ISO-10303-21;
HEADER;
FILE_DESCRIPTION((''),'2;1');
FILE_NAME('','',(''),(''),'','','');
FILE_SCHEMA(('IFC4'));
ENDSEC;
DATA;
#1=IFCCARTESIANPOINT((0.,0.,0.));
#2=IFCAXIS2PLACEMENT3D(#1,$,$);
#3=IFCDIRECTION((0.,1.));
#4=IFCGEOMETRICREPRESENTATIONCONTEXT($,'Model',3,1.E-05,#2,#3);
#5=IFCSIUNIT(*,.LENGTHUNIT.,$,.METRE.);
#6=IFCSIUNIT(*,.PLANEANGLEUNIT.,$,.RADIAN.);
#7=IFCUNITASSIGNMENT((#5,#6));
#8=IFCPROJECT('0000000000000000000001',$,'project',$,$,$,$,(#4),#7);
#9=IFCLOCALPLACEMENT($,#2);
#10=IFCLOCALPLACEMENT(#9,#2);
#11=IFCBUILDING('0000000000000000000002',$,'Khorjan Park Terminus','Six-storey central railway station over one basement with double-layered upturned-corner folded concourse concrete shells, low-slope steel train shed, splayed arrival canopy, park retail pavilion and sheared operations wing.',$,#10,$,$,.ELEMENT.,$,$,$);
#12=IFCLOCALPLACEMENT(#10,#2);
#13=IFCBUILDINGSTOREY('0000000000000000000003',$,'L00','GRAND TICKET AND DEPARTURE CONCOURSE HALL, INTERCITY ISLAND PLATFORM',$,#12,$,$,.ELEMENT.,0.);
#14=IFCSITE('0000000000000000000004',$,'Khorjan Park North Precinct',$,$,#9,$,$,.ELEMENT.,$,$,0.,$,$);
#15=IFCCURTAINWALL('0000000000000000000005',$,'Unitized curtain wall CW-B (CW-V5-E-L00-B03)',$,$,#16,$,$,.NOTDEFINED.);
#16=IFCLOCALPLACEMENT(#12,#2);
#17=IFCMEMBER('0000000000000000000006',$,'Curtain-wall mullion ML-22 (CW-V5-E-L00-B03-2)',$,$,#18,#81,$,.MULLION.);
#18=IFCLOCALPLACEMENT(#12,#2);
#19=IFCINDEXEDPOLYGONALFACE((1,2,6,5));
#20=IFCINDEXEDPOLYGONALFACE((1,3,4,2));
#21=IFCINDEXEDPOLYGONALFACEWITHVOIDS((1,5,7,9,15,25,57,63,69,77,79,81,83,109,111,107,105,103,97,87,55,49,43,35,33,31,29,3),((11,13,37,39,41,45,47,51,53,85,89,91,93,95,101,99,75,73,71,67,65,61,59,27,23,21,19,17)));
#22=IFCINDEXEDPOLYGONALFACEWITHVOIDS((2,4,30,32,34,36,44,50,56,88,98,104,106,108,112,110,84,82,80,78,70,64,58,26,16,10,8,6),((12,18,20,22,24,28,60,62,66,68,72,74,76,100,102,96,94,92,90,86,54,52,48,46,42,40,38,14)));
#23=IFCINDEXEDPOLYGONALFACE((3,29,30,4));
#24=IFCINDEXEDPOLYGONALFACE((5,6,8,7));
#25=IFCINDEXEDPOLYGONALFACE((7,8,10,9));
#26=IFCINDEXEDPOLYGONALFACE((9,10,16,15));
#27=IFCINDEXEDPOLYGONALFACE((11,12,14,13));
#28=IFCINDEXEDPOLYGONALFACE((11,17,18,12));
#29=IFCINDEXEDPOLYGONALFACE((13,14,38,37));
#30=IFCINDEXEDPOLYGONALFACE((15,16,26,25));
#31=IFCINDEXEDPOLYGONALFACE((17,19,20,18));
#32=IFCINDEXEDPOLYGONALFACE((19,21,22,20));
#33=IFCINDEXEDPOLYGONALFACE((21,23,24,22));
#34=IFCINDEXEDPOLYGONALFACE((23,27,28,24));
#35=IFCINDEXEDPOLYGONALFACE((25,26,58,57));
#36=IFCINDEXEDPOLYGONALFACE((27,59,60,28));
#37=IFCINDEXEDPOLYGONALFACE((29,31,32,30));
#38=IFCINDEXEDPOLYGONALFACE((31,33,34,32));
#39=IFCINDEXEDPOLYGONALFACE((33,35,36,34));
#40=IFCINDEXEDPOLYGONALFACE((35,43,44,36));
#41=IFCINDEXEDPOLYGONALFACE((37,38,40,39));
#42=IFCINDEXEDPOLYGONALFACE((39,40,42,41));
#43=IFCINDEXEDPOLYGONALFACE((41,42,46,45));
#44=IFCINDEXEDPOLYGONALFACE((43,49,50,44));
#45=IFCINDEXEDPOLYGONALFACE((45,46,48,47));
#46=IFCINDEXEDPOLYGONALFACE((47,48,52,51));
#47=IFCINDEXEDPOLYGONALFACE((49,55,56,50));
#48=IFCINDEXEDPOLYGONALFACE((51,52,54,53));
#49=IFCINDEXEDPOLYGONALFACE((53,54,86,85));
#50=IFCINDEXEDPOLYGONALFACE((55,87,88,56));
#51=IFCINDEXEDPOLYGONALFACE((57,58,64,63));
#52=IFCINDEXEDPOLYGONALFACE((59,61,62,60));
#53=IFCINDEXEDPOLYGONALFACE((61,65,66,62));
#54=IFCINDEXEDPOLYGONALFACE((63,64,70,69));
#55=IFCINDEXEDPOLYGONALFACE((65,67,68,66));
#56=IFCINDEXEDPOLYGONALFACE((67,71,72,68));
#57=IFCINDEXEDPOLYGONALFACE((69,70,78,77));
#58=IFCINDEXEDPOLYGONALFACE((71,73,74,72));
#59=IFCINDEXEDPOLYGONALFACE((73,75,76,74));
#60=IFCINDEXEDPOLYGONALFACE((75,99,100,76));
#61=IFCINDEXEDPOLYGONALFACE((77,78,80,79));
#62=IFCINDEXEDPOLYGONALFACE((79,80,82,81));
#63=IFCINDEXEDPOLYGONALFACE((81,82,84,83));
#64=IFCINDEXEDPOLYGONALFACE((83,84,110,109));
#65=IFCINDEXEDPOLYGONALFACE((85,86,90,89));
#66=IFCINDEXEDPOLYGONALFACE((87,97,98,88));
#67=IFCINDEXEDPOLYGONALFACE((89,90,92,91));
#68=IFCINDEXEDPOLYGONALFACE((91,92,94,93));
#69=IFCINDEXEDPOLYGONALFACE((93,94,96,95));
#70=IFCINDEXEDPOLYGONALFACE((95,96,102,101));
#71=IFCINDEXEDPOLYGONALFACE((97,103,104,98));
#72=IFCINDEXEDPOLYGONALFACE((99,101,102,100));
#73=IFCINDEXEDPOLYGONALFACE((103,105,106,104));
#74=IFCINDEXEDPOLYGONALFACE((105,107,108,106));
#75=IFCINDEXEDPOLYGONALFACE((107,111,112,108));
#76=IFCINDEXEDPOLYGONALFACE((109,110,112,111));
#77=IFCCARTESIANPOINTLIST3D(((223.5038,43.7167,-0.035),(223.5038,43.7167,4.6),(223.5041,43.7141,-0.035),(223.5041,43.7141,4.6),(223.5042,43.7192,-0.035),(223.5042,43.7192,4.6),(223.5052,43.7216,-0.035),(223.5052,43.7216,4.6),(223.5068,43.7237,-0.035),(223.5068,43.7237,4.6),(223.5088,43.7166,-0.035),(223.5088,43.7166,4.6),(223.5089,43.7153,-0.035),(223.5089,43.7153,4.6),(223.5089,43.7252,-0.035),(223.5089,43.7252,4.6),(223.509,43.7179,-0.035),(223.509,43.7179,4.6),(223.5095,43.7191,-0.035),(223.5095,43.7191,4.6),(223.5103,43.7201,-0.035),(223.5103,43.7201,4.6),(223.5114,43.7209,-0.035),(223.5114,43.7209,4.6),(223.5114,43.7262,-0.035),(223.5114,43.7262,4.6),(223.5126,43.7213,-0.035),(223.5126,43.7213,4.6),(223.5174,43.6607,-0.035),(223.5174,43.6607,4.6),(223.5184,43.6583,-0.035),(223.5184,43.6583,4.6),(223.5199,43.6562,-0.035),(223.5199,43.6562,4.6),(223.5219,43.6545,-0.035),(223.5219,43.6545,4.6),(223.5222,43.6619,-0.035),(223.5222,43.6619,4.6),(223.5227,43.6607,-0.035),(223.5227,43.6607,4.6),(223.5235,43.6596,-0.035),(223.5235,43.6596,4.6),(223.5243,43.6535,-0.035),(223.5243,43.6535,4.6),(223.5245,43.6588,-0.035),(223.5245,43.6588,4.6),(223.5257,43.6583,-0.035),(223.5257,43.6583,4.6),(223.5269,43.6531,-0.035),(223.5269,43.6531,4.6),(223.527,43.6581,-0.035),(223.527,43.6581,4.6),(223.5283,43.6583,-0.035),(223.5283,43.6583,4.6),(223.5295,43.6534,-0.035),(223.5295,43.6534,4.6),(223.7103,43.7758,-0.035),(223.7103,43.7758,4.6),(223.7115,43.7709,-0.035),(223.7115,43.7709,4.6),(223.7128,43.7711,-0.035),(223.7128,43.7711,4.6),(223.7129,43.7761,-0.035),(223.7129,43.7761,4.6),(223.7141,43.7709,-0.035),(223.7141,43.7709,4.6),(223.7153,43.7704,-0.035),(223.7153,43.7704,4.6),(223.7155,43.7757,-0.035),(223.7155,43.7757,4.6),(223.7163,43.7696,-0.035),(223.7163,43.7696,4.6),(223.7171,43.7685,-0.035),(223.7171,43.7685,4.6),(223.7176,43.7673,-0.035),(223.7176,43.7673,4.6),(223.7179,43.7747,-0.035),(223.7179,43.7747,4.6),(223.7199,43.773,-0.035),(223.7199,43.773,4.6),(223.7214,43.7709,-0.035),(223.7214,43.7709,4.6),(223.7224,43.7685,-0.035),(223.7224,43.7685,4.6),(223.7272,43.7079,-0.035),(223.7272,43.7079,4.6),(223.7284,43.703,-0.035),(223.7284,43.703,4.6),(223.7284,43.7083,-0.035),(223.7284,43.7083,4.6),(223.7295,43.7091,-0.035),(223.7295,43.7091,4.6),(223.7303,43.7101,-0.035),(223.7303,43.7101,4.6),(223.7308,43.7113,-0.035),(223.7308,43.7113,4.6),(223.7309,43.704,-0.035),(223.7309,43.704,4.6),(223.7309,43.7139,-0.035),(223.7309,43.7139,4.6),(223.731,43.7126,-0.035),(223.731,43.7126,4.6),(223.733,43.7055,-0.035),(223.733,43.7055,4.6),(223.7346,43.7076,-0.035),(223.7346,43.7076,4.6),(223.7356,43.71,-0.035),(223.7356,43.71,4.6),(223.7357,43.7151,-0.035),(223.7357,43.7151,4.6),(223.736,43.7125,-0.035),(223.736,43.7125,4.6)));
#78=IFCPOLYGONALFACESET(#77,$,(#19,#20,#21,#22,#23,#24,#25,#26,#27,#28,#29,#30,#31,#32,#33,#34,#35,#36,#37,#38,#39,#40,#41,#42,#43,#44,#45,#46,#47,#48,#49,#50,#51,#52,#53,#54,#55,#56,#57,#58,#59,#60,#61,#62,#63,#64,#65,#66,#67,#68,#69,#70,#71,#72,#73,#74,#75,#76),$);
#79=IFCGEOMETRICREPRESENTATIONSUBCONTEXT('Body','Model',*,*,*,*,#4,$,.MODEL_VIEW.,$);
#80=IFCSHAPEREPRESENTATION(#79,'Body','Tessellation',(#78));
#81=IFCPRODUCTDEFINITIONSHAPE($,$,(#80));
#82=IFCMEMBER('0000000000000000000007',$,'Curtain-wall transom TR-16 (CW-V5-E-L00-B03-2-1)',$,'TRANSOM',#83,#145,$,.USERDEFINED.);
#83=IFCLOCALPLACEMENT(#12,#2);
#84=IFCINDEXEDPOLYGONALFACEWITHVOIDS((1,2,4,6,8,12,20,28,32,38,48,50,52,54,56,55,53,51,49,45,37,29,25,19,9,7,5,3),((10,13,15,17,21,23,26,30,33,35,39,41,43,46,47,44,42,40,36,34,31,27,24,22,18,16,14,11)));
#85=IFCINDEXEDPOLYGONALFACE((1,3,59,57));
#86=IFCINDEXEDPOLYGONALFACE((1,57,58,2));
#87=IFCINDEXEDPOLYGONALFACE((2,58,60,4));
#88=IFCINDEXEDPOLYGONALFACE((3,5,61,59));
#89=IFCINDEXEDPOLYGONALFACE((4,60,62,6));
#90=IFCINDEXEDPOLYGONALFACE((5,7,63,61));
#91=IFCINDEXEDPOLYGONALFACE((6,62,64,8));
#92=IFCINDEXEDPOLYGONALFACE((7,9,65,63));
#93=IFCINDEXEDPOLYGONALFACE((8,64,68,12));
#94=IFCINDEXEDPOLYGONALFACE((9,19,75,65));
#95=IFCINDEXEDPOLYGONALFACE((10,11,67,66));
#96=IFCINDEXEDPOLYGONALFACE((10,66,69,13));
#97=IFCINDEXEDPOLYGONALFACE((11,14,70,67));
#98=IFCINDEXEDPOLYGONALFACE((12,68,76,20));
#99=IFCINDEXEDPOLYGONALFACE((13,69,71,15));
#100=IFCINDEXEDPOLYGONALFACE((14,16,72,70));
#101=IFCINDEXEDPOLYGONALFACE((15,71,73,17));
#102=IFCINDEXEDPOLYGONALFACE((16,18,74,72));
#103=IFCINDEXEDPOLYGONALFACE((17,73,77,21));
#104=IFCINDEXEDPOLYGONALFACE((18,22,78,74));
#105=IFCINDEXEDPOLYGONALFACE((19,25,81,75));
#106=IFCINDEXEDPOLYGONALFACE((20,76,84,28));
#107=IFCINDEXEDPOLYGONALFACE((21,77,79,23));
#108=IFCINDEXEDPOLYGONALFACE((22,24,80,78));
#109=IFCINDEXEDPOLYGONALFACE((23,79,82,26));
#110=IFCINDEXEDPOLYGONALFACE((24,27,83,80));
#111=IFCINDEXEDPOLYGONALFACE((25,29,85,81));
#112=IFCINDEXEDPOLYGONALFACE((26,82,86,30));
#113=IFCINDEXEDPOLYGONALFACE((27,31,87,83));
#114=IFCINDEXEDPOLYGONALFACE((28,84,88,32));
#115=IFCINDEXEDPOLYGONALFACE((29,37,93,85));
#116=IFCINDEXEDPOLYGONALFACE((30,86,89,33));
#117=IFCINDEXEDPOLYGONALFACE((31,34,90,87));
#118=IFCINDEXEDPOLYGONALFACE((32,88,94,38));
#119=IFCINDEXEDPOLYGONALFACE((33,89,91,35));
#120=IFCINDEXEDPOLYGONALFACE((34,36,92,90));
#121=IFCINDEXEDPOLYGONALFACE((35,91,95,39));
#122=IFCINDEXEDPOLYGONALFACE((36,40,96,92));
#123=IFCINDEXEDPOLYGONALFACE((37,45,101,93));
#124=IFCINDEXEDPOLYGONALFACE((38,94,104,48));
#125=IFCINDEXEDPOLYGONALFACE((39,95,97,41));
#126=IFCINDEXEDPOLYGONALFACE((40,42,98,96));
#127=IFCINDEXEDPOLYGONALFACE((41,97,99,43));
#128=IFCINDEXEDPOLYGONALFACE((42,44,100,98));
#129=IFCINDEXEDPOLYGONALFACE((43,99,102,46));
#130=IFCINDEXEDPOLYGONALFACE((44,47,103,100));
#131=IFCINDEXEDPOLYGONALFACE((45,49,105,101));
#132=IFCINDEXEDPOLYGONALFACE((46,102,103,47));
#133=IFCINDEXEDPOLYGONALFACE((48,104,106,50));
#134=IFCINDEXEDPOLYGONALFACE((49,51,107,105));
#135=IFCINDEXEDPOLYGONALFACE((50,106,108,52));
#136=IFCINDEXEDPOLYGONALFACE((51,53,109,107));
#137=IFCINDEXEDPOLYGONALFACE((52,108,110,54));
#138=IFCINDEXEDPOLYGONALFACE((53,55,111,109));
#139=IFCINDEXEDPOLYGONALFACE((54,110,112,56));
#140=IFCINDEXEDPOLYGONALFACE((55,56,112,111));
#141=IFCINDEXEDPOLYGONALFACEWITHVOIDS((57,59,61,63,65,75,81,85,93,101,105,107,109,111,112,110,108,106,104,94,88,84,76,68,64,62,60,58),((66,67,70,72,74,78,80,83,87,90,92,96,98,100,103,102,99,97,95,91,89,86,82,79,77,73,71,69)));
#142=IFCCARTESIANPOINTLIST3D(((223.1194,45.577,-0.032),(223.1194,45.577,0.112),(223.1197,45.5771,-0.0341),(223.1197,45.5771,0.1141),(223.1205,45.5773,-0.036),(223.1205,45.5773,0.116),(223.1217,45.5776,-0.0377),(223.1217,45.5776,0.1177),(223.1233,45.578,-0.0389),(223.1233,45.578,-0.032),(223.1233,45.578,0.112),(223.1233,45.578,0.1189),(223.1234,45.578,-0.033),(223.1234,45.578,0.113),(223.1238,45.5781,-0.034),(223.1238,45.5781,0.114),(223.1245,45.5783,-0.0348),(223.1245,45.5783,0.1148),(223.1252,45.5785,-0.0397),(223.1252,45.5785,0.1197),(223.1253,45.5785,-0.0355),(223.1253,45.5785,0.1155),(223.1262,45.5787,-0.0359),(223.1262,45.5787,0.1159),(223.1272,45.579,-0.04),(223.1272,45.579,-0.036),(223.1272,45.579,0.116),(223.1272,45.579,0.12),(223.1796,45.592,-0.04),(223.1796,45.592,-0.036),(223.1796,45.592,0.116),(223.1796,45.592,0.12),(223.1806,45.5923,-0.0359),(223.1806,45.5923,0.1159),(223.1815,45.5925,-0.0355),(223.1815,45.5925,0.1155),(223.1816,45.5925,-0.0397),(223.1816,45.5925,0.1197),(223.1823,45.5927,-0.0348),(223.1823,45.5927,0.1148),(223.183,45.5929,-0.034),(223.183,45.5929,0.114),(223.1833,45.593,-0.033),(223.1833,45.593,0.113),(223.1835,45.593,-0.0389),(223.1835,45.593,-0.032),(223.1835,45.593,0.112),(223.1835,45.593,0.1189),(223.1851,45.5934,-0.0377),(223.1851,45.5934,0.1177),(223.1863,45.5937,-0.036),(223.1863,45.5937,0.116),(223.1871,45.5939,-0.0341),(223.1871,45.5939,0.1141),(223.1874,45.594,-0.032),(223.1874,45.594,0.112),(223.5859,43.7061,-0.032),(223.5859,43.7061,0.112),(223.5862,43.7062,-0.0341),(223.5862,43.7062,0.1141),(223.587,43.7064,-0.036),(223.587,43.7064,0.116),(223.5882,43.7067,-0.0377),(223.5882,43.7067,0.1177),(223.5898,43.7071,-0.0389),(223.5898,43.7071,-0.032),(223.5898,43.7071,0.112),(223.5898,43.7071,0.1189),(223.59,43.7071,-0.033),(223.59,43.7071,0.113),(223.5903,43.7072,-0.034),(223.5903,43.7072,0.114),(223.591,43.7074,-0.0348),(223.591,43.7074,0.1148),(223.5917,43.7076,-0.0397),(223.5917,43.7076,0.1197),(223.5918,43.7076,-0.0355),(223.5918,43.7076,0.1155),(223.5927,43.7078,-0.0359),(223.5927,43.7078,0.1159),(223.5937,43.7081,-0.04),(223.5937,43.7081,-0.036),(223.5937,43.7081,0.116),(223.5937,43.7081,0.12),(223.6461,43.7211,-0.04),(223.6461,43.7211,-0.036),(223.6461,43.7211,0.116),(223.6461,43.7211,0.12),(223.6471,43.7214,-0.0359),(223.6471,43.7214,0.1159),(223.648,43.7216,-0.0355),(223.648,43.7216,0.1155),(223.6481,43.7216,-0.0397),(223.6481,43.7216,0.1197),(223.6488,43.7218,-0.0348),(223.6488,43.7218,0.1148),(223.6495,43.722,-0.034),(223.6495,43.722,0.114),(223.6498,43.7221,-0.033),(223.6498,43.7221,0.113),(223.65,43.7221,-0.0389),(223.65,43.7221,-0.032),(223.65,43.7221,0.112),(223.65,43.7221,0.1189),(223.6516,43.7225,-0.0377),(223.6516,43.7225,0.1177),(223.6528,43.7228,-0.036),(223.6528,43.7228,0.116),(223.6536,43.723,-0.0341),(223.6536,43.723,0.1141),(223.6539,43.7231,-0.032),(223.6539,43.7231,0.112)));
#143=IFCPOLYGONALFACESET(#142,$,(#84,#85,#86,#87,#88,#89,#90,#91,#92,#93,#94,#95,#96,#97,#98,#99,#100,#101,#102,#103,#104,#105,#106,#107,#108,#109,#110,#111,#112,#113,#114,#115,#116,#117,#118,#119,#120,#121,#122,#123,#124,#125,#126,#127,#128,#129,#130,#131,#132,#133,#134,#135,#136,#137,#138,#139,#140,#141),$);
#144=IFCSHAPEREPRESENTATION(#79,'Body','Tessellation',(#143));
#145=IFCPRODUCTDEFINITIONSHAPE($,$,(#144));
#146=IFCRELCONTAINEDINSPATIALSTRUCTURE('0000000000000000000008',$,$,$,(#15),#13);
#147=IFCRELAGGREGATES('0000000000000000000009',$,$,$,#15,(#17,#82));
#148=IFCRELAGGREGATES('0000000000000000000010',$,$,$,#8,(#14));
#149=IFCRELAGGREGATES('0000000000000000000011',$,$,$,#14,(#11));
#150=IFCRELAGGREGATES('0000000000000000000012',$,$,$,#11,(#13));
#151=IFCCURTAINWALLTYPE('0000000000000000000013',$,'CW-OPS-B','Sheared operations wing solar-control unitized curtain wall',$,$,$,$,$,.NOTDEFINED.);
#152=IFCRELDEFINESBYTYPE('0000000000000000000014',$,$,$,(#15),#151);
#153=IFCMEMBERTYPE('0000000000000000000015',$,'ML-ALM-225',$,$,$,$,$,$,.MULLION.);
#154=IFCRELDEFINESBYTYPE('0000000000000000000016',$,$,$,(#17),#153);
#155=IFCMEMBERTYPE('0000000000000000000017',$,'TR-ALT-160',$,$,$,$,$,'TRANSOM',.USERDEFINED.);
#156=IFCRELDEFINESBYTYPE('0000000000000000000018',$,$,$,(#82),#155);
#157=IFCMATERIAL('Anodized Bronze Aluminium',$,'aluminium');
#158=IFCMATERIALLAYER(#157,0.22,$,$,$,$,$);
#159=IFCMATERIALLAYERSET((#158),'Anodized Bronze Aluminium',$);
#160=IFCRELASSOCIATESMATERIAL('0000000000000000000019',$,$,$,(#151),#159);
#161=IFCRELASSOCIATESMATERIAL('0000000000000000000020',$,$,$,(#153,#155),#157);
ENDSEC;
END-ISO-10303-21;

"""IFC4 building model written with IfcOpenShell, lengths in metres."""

from ifc_helpers import new_model, si_unit, direction, frame, origin, origin_2d, place, context, subcontext, project, spatial, hollow_rectangle, extrude, material, layer, layer_set, material_profile, profile_set, type_object, element, aggregate, save


model = new_model("IFC4")

# Units and contexts
model_context = context("Model", 3, precision=1e-05, world=origin(), true_north=direction((0.0, 1.0)))
body_context = subcontext(model_context, "Body", "Model", "MODEL_VIEW")
ifc_project = project(units=[si_unit("LENGTHUNIT", "METRE"), si_unit("PLANEANGLEUNIT", "RADIAN")], contexts=[model_context])

# Site, building, storey
site_placement = place(None, origin())
site = spatial("IfcSite", under=ifc_project, at=site_placement, Name="Khorjan Park North Precinct", CompositionType="ELEMENT", RefElevation=0.0)
building_placement = place(site_placement, origin())
building = spatial("IfcBuilding", under=site, at=building_placement, Name="Khorjan Park Terminus", Description="Six-storey central railway station over one basement with double-layered upturned-corner folded concourse concrete shells, low-slope steel train shed, splayed arrival canopy, park retail pavilion and sheared operations wing.", CompositionType="ELEMENT")
storey_placement = place(building_placement, origin())
storey = spatial("IfcBuildingStorey", under=building, at=storey_placement, Name="L00", Description="GRAND TICKET AND DEPARTURE CONCOURSE HALL, INTERCITY ISLAND PLATFORM", CompositionType="ELEMENT", Elevation=0.0)

# Curtain wall, members
ifc_material_1 = material(Name="Anodized Bronze Aluminium", Category="aluminium")
ifc_layer_1 = layer(ifc_material_1, 0.22)
ifc_layer_set_1 = layer_set([ifc_layer_1], Name="Anodized Bronze Aluminium")
curtain_wall_type = type_object("IfcCurtainWallType", Name="CW-OPS-B", Description="Sheared operations wing solar-control unitized curtain wall", PredefinedType="NOTDEFINED", material=ifc_layer_set_1)
curtain_wall_placement = place(storey_placement, origin())
curtain_wall = element("IfcCurtainWall", 1, at=curtain_wall_placement, inside=storey, type_object=curtain_wall_type, Name="Unitized curtain wall CW-B (CW-V5-E-L00-B03)", PredefinedType="NOTDEFINED")
ifc_material_profile_1 = material_profile(ifc_material_1, hollow_rectangle(XDim=0.075, YDim=0.225, WallThickness=0.005, InnerFilletRadius=0.005, OuterFilletRadius=0.01, at=origin_2d()), Name="ALM 75x225x5")
ifc_profile_set_1 = profile_set([ifc_material_profile_1], Name="Anodized Bronze Aluminium")
member_type_1 = type_object("IfcMemberType", Name="ML-ALM-225", PredefinedType="MULLION", material=ifc_profile_set_1)
member_1_placement = place(storey_placement, frame((223.6199, 43.7146, -0.035), z_axis=(0.0, 0.0, 1.0), x_axis=(-0.241923, 0.970295, 0.0)))
member_1 = element("IfcMember", 2, at=member_1_placement, type_object=member_type_1, Name="Curtain-wall mullion ML-22 (CW-V5-E-L00-B03-2)", PredefinedType="MULLION", context=body_context, shape_type="SweptSolid", body=[
    extrude(hollow_rectangle(XDim=0.075, YDim=0.225, WallThickness=0.005, InnerFilletRadius=0.005, OuterFilletRadius=0.01, at=origin_2d()), origin(), (0.0, 0.0, 1.0), 4.635),
])
ifc_material_profile_2 = material_profile(ifc_material_1, hollow_rectangle(XDim=0.07, YDim=0.16, WallThickness=0.004, InnerFilletRadius=0.004, OuterFilletRadius=0.008, at=origin_2d()), Name="ALT 70x160x4")
ifc_profile_set_2 = profile_set([ifc_material_profile_2], Name="Anodized Bronze Aluminium")
member_type_2 = type_object("IfcMemberType", Name="TR-ALT-160", ElementType="TRANSOM", PredefinedType="USERDEFINED", material=ifc_profile_set_2)
member_2_placement = place(storey_placement, frame((223.6199, 43.7146, 0.04), z_axis=(-0.241938, 0.970292, 0.0), x_axis=(-0.970292, -0.241938, 0.0)))
member_2 = element("IfcMember", 3, at=member_2_placement, type_object=member_type_2, Name="Curtain-wall transom TR-16 (CW-V5-E-L00-B03-2-1)", ObjectType="TRANSOM", PredefinedType="USERDEFINED", context=body_context, shape_type="SweptSolid", body=[
    extrude(hollow_rectangle(XDim=0.07, YDim=0.16, WallThickness=0.004, InnerFilletRadius=0.004, OuterFilletRadius=0.008, at=origin_2d()), origin(), (0.0, 0.0, 1.0), 1.9282),
])
aggregate(curtain_wall, [member_1, member_2])

save(model, "model.ifc")
